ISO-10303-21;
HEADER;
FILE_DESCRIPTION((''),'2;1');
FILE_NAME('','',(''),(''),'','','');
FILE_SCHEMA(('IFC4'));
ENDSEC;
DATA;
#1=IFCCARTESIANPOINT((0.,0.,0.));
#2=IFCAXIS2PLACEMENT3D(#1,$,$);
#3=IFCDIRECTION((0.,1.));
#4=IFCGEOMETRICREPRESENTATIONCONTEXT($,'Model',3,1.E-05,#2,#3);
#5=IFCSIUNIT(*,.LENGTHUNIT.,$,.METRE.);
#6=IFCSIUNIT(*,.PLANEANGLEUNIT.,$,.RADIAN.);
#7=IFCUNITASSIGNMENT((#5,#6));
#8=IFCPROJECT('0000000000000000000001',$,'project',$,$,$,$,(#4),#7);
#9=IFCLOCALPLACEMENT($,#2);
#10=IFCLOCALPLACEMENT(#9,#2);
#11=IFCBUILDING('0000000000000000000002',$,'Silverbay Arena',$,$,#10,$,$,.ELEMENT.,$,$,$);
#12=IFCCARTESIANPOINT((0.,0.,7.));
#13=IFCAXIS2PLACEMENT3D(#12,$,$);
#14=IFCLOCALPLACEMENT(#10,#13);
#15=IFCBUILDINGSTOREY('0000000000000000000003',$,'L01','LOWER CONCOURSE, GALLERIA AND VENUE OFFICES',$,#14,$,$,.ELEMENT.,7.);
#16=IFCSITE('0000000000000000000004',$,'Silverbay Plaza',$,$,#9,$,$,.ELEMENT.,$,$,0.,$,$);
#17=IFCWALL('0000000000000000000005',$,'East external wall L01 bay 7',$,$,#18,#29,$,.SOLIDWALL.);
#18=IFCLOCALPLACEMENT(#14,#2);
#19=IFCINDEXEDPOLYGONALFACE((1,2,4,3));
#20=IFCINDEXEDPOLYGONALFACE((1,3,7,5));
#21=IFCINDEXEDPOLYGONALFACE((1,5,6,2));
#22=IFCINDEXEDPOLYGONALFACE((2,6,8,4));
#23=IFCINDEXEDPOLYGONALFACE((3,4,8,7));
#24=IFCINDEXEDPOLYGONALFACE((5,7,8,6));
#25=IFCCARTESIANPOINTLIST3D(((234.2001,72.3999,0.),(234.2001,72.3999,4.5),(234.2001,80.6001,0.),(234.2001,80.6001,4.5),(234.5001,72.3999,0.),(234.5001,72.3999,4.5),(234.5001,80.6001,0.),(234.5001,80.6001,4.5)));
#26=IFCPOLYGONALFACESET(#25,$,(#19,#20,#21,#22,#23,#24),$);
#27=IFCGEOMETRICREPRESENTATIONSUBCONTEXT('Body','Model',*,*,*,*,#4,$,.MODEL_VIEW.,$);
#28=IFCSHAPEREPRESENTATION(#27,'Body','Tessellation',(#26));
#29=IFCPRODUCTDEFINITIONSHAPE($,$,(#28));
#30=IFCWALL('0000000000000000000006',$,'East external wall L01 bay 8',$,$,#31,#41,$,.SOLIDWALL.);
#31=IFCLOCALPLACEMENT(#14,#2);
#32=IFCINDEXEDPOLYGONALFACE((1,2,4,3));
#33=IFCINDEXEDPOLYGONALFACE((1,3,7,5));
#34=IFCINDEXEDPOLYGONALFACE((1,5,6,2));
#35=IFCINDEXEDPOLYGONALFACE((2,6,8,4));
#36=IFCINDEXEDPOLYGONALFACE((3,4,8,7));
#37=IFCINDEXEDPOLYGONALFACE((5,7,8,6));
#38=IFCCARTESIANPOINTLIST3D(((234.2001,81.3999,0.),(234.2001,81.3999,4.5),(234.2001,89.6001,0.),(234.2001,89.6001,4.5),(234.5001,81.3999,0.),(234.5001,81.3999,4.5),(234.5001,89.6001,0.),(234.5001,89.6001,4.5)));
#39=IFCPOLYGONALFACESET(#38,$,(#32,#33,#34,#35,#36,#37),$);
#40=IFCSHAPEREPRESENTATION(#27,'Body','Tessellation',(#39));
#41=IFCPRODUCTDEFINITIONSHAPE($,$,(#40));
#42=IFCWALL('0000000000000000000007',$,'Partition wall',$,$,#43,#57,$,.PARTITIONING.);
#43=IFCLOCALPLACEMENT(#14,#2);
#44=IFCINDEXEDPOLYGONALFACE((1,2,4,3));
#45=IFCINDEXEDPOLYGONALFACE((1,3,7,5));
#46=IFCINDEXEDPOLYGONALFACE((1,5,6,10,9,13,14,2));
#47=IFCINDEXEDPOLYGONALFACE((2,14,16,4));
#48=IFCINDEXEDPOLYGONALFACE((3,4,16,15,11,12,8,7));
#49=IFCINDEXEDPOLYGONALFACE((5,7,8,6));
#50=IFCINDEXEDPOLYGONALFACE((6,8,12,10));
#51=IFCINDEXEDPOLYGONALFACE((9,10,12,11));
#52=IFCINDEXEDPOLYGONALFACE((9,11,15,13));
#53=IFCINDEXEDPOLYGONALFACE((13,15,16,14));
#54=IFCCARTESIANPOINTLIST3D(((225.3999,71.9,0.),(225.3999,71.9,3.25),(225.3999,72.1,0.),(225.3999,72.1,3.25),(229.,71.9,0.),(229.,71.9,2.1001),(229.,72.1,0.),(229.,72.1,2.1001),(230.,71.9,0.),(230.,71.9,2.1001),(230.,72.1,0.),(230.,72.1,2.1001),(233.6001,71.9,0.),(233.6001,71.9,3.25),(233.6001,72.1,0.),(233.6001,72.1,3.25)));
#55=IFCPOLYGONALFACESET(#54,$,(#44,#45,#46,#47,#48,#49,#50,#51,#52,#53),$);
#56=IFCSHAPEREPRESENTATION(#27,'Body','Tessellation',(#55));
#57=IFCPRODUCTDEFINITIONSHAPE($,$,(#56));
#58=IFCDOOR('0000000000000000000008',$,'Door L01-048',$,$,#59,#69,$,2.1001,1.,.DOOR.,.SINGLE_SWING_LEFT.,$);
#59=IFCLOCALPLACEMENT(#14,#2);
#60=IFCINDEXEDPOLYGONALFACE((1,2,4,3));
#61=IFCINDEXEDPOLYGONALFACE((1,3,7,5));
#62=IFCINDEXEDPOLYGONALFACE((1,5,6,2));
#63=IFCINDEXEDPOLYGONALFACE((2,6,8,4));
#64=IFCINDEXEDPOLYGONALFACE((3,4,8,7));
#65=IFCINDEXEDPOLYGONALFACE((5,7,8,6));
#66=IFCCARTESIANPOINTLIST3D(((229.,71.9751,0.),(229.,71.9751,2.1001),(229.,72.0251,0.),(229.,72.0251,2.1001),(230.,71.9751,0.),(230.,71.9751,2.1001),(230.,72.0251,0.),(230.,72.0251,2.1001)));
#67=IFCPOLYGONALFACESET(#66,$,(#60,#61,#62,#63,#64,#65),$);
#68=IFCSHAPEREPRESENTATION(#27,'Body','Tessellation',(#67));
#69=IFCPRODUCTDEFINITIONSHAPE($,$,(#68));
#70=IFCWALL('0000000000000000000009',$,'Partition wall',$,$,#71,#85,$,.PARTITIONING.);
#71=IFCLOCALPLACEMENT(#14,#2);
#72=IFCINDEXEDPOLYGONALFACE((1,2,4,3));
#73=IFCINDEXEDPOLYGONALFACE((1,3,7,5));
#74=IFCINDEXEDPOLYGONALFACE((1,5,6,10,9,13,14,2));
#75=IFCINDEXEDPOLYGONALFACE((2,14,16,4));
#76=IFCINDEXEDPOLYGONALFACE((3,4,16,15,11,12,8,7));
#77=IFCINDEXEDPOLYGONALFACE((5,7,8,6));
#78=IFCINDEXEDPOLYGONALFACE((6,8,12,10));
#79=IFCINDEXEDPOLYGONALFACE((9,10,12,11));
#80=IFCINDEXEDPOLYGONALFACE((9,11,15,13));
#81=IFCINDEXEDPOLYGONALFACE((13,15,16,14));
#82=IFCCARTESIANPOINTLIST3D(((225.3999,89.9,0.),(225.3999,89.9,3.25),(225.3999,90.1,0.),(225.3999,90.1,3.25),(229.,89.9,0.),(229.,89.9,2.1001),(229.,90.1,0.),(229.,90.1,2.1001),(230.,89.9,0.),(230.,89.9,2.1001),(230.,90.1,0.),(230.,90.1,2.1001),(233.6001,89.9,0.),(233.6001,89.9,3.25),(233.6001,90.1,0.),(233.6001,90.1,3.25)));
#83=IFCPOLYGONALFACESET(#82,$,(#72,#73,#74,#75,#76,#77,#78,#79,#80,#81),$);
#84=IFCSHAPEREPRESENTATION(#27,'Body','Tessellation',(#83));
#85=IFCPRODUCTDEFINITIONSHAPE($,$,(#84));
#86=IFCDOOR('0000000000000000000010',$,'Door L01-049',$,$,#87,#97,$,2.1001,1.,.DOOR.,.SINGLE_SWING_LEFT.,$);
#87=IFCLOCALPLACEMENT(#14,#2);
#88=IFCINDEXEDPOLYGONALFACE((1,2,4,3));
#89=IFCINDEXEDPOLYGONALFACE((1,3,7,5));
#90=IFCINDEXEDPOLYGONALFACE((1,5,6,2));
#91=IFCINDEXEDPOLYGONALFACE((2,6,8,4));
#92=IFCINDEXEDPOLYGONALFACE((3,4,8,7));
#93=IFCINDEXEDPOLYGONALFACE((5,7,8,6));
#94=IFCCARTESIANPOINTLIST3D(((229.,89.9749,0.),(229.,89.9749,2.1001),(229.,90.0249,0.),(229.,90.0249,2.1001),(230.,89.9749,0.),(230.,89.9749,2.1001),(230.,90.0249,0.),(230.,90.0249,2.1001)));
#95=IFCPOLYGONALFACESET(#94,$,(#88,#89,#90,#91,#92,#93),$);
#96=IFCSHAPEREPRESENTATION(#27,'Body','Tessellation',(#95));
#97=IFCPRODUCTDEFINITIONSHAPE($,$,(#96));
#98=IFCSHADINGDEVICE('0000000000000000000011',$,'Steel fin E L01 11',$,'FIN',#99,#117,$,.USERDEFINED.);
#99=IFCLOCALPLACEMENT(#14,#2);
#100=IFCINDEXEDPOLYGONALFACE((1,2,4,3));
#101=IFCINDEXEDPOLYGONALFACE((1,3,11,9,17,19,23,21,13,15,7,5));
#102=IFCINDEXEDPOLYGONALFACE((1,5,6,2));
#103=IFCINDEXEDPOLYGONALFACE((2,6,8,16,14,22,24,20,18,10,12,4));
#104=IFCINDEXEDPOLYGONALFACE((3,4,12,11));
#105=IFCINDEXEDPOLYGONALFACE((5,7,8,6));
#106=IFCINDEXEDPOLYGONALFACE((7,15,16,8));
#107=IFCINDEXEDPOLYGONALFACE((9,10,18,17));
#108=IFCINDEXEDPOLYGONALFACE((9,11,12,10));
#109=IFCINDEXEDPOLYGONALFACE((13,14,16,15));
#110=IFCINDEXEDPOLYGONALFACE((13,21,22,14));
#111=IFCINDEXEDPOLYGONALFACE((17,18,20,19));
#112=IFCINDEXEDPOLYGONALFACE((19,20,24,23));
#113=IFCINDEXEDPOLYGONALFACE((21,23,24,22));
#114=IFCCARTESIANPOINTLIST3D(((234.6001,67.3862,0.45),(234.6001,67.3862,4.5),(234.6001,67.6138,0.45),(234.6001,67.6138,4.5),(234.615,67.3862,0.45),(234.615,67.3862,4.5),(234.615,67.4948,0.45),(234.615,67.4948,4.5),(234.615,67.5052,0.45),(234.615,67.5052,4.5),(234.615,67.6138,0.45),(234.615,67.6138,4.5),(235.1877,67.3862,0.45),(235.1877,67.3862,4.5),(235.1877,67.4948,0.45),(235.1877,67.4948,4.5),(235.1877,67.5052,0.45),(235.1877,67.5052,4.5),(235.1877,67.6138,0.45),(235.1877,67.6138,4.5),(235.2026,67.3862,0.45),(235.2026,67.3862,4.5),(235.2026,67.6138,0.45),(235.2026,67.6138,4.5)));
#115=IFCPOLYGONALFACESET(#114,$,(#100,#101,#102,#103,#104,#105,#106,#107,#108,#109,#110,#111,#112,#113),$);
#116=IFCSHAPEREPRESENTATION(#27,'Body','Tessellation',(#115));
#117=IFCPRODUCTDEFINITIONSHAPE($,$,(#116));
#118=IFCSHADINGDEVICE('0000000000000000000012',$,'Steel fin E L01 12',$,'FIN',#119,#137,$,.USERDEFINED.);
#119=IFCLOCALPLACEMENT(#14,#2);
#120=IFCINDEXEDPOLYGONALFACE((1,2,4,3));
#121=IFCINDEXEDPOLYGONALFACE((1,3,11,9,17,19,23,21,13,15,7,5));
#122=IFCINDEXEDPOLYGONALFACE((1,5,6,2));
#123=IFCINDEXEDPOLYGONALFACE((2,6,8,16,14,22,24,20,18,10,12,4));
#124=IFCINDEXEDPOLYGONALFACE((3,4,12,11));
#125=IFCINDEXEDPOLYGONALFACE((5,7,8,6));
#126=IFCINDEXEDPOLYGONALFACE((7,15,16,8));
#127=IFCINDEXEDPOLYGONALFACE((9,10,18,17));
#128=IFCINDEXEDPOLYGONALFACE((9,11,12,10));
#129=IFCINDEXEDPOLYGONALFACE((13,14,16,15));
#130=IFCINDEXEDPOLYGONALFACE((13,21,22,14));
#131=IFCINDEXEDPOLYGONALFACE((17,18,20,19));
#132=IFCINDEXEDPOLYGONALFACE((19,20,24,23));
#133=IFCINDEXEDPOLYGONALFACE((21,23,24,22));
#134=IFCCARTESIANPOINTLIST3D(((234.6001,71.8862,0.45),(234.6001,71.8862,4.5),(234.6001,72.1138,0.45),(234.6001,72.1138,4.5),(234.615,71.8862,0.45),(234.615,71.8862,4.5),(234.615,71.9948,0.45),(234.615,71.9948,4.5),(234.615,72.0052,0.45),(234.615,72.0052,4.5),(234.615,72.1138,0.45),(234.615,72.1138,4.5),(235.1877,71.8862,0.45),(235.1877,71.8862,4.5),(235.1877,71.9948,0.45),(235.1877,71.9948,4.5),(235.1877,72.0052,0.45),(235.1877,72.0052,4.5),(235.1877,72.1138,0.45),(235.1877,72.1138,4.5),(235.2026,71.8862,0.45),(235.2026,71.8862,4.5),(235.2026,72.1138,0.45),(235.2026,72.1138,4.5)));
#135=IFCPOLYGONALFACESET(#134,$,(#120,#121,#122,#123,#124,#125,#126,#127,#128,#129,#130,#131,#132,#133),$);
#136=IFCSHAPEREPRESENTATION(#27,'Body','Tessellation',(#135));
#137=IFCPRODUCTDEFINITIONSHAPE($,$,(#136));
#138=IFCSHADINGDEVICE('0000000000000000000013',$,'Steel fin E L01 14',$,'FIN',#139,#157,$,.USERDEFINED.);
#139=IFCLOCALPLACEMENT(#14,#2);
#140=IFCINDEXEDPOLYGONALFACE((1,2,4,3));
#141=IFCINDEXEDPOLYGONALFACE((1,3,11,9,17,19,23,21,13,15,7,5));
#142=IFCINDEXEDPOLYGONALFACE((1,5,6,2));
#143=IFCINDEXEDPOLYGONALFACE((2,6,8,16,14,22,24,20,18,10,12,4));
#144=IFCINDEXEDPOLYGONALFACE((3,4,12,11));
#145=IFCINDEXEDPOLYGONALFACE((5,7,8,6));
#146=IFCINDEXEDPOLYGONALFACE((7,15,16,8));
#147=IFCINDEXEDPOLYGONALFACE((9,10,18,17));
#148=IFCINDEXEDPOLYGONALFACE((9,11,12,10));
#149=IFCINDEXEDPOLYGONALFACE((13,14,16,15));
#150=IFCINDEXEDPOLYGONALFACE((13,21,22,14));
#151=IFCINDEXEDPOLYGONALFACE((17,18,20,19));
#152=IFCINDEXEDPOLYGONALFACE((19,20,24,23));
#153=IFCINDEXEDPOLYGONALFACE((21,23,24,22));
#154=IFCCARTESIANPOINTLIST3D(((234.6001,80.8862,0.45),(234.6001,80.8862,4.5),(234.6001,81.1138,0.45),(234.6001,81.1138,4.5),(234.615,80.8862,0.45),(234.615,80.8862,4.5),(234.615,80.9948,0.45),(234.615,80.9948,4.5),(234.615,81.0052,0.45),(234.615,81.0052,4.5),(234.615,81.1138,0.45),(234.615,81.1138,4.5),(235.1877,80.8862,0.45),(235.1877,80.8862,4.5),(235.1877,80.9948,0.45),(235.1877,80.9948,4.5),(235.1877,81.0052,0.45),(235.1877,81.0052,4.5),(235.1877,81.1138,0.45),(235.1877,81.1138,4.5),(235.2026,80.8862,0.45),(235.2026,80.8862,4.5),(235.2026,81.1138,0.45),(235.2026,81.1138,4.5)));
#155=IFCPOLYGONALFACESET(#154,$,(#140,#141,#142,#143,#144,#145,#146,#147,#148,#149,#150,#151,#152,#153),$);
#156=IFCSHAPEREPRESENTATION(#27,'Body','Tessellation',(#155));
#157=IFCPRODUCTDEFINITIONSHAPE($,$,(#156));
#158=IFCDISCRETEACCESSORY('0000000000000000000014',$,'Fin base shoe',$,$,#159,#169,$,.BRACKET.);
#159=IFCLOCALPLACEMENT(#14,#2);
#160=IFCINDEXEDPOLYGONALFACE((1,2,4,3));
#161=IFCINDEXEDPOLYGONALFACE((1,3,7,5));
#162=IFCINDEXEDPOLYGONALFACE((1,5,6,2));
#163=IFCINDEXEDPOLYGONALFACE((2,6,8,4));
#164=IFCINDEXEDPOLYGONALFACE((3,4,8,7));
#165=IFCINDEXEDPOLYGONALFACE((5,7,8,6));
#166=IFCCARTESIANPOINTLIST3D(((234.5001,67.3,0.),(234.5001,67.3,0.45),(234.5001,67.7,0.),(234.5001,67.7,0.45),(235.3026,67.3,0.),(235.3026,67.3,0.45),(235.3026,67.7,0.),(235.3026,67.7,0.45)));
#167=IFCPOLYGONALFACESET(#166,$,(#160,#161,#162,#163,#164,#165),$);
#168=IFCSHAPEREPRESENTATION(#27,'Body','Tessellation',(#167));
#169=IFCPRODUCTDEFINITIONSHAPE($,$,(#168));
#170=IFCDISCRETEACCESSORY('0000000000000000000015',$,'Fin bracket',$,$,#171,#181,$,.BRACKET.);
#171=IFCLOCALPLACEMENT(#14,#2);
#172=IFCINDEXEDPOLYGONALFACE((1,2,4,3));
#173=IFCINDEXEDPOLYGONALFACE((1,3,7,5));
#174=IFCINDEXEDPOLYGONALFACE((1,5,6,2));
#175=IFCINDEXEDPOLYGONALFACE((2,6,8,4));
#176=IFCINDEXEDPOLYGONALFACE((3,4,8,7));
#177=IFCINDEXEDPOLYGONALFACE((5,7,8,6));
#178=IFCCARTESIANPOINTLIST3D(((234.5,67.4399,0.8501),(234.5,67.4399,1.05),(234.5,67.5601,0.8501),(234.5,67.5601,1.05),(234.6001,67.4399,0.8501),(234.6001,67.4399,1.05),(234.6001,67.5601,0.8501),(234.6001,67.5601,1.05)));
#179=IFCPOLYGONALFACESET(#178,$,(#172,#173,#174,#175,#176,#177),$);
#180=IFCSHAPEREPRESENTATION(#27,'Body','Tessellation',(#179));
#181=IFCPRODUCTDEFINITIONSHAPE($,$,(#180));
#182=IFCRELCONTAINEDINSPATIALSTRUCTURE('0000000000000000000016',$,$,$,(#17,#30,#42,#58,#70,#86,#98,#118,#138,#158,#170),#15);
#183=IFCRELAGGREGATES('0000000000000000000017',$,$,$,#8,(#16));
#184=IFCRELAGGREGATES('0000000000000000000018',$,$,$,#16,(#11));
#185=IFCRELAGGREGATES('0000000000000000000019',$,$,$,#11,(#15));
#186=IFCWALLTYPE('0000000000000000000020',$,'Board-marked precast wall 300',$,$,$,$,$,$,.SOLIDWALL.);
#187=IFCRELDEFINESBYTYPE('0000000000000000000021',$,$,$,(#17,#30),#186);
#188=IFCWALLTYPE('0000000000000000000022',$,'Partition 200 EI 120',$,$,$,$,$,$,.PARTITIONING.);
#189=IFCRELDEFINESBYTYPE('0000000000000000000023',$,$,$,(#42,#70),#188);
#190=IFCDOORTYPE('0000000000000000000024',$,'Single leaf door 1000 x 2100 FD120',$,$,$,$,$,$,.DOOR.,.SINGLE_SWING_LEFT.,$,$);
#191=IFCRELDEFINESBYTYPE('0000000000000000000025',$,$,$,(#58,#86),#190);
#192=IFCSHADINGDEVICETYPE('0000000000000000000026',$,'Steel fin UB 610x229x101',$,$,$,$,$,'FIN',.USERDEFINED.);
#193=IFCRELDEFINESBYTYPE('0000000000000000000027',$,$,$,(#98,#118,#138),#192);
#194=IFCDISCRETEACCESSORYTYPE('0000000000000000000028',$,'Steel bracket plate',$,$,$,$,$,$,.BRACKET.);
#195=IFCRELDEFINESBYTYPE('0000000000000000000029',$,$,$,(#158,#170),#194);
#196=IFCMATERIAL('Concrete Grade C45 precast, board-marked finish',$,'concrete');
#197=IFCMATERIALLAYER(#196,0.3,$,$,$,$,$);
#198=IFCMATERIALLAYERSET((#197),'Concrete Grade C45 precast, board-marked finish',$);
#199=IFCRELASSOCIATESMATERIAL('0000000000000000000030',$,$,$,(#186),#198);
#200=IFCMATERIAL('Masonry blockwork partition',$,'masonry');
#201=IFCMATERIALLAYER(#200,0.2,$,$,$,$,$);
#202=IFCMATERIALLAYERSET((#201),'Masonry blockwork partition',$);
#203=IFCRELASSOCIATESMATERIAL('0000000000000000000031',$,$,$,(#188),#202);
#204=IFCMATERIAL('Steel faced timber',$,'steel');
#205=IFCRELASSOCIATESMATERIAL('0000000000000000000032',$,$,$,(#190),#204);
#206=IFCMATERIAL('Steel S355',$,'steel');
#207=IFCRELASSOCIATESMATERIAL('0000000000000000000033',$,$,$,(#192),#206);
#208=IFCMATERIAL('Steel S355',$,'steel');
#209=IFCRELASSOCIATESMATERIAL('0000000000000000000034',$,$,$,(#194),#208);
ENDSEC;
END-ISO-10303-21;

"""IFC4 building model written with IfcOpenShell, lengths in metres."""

from ifc_helpers import new_model, si_unit, direction, frame, frame_2d, origin, origin_2d, place, context, subcontext, project, spatial, rectangle, i_section, extrude, material, layer, layer_set, material_profile, profile_set, type_object, element, fill, save


model = new_model("IFC4")

# Units and contexts
model_context = context("Model", 3, precision=1e-05, world=origin(), true_north=direction((0.0, 1.0)))
body_context = subcontext(model_context, "Body", "Model", "MODEL_VIEW")
ifc_project = project(units=[si_unit("LENGTHUNIT", "METRE"), si_unit("PLANEANGLEUNIT", "RADIAN")], contexts=[model_context])

# Site, building, storey
site_placement = place(None, origin())
site = spatial("IfcSite", under=ifc_project, at=site_placement, Name="Silverbay Plaza", CompositionType="ELEMENT", RefElevation=0.0)
building_placement = place(site_placement, origin())
building = spatial("IfcBuilding", under=site, at=building_placement, Name="Silverbay Arena", CompositionType="ELEMENT")
storey_placement = place(building_placement, frame((0.0, 0.0, 7.0)))
storey = spatial("IfcBuildingStorey", under=building, at=storey_placement, Name="L01", Description="LOWER CONCOURSE, GALLERIA AND VENUE OFFICES", CompositionType="ELEMENT", Elevation=7.0)

# Shared definitions
ifc_material_1 = material(Name="Concrete Grade C45 precast, board-marked finish", Category="concrete")
ifc_layer_1 = layer(ifc_material_1, 0.3)
ifc_layer_set_1 = layer_set([ifc_layer_1], Name="Concrete Grade C45 precast, board-marked finish")
wall_type_1 = type_object("IfcWallType", Name="Board-marked precast wall 300", PredefinedType="SOLIDWALL", material=ifc_layer_set_1)

# Walls
for number, where, z_axis, x_axis, name in (
    (1, (234.3501, 72.3999, 0.0), (0.0, 0.0, 1.0), (0.0, 1.0, 0.0), "East external wall L01 bay 7"),
    (2, (234.3501, 81.3999, 0.0), (0.0, 0.0, 1.0), (0.0, 1.0, 0.0), "East external wall L01 bay 8"),
):
    element("IfcWall", number, at=place(storey_placement, frame(where, z_axis=z_axis, x_axis=x_axis)), inside=storey, type_object=wall_type_1, Name=name, PredefinedType="SOLIDWALL", context=body_context, shape_type="SweptSolid", body=[
        extrude(rectangle(XDim=8.2002, YDim=0.3, at=frame_2d((4.1001, 0.0))), origin(), (0.0, 0.0, 1.0), 4.5),
    ])

# Walls, openings, doors
ifc_material_2 = material(Name="Masonry blockwork partition", Category="masonry")
ifc_layer_2 = layer(ifc_material_2, 0.2)
ifc_layer_set_2 = layer_set([ifc_layer_2], Name="Masonry blockwork partition")
wall_type_2 = type_object("IfcWallType", Name="Partition 200 EI 120", PredefinedType="PARTITIONING", material=ifc_layer_set_2)
wall_1_placement = place(storey_placement, frame((225.3999, 72.0, 0.0), z_axis=(0.0, 0.0, 1.0), x_axis=(1.0, 0.0, 0.0)))
wall_1 = element("IfcWall", 3, at=wall_1_placement, inside=storey, type_object=wall_type_2, Name="Partition wall", PredefinedType="PARTITIONING", context=body_context, shape_type="SweptSolid", body=[
    extrude(rectangle(XDim=8.2002, YDim=0.2, at=frame_2d((4.1001, 0.0))), origin(), (0.0, 0.0, 1.0), 3.25),
])
opening_1_placement = place(wall_1_placement, frame((3.6001, 0.0, 0.0)))
opening_1 = element("IfcOpeningElement", 4, at=opening_1_placement, cuts=wall_1, PredefinedType="OPENING", context=body_context, shape_type="SweptSolid", body=[
    extrude(rectangle(XDim=1.0, YDim=2.1001, at=frame_2d((0.5, 1.05))), frame((0.0, 0.1099, 0.0), z_axis=(0.0, -1.0, 0.0), x_axis=(1.0, 0.0, 0.0)), (0.0, 0.0, 1.0), 0.22),
])
ifc_material_3 = material(Name="Steel faced timber", Category="steel")
door_type = type_object("IfcDoorType", Name="Single leaf door 1000 x 2100 FD120", OperationType="SINGLE_SWING_LEFT", PredefinedType="DOOR", material=ifc_material_3)
door_1_placement = place(opening_1_placement, frame((1.0, 0.0, 0.0), z_axis=(0.0, 0.0, 1.0), x_axis=(-1.0, 0.0, 0.0)))
door_1 = element("IfcDoor", 5, at=door_1_placement, inside=storey, type_object=door_type, Name="Door L01-048", OperationType="SINGLE_SWING_LEFT", OverallHeight=2.1001, OverallWidth=1.0, PredefinedType="DOOR", context=body_context, shape_type="SweptSolid", body=[
    extrude(rectangle(XDim=1.0, YDim=2.1001, at=frame_2d((0.5, 1.05))), frame((0.0, 0.0249, 0.0), z_axis=(0.0, -1.0, 0.0), x_axis=(1.0, 0.0, 0.0)), (0.0, 0.0, 1.0), 0.05),
])
fill(opening_1, door_1)
wall_2_placement = place(storey_placement, frame((225.3999, 90.0, 0.0), z_axis=(0.0, 0.0, 1.0), x_axis=(1.0, 0.0, 0.0)))
wall_2 = element("IfcWall", 6, at=wall_2_placement, inside=storey, type_object=wall_type_2, Name="Partition wall", PredefinedType="PARTITIONING", context=body_context, shape_type="SweptSolid", body=[
    extrude(rectangle(XDim=8.2002, YDim=0.2, at=frame_2d((4.1001, 0.0))), origin(), (0.0, 0.0, 1.0), 3.25),
])
opening_2_placement = place(wall_2_placement, frame((3.6001, 0.0, 0.0)))
opening_2 = element("IfcOpeningElement", 7, at=opening_2_placement, cuts=wall_2, PredefinedType="OPENING", context=body_context, shape_type="SweptSolid", body=[
    extrude(rectangle(XDim=1.0, YDim=2.1001, at=frame_2d((0.5, 1.05))), frame((0.0, 0.1099, 0.0), z_axis=(0.0, -1.0, 0.0), x_axis=(1.0, 0.0, 0.0)), (0.0, 0.0, 1.0), 0.22),
])
door_2_placement = place(opening_2_placement, origin())
door_2 = element("IfcDoor", 8, at=door_2_placement, inside=storey, type_object=door_type, Name="Door L01-049", OperationType="SINGLE_SWING_LEFT", OverallHeight=2.1001, OverallWidth=1.0, PredefinedType="DOOR", context=body_context, shape_type="SweptSolid", body=[
    extrude(rectangle(XDim=1.0, YDim=2.1001, at=frame_2d((0.5, 1.05))), frame((0.0, 0.0249, 0.0), z_axis=(0.0, -1.0, 0.0), x_axis=(1.0, 0.0, 0.0)), (0.0, 0.0, 1.0), 0.05),
])
fill(opening_2, door_2)

# Shading devices
ifc_material_4 = material(Name="Steel S355", Category="steel")
ifc_material_profile_1 = material_profile(ifc_material_4, i_section(OverallWidth=0.2275, OverallDepth=0.6025, WebThickness=0.0105, FlangeThickness=0.0149, at=origin_2d()), Name="UB 610x229x101")
ifc_profile_set_1 = profile_set([ifc_material_profile_1], Name="Steel S355")
shading_device_type = type_object("IfcShadingDeviceType", Name="Steel fin UB 610x229x101", ElementType="FIN", PredefinedType="USERDEFINED", material=ifc_profile_set_1)
for number, where, z_axis, x_axis, name in (
    (9, (234.9014, 67.5, 0.45), (0.0, 0.0, 1.0), (0.0, 1.0, 0.0), "Steel fin E L01 11"),
    (10, (234.9014, 72.0, 0.45), (0.0, 0.0, 1.0), (0.0, 1.0, 0.0), "Steel fin E L01 12"),
    (11, (234.9014, 81.0, 0.45), (0.0, 0.0, 1.0), (0.0, 1.0, 0.0), "Steel fin E L01 14"),
):
    element("IfcShadingDevice", number, at=place(storey_placement, frame(where, z_axis=z_axis, x_axis=x_axis)), inside=storey, type_object=shading_device_type, Name=name, ObjectType="FIN", PredefinedType="USERDEFINED", context=body_context, shape_type="SweptSolid", body=[
        extrude(i_section(OverallWidth=0.2275, OverallDepth=0.6025, WebThickness=0.0105, FlangeThickness=0.0149, at=origin_2d()), origin(), (0.0, 0.0, 1.0), 4.05),
    ])

# Discrete accessories
ifc_material_5 = material(Name="Steel S355", Category="steel")
discrete_accessory_type = type_object("IfcDiscreteAccessoryType", Name="Steel bracket plate", PredefinedType="BRACKET", material=ifc_material_5)
discrete_accessory_1_placement = place(storey_placement, frame((234.9014, 67.5, 0.0), z_axis=(0.0, 0.0, 1.0), x_axis=(1.0, 0.0, 0.0)))
element("IfcDiscreteAccessory", 12, at=discrete_accessory_1_placement, inside=storey, type_object=discrete_accessory_type, Name="Fin base shoe", PredefinedType="BRACKET", context=body_context, shape_type="SweptSolid", body=[
    extrude(rectangle(XDim=0.8025, YDim=0.3999, at=origin_2d()), origin(), (0.0, 0.0, 1.0), 0.45),
])
for number, where, z_axis, x_axis, name in (
    (13, (234.55, 67.5, 0.8501), (0.0, 0.0, 1.0), (1.0, 0.0, 0.0), "Fin bracket"),
):
    element("IfcDiscreteAccessory", number, at=place(storey_placement, frame(where, z_axis=z_axis, x_axis=x_axis)), inside=storey, type_object=discrete_accessory_type, Name=name, PredefinedType="BRACKET", context=body_context, shape_type="SweptSolid", body=[
        extrude(rectangle(XDim=0.1001, YDim=0.1201, at=origin_2d()), origin(), (0.0, 0.0, 1.0), 0.2),
    ])

save(model, "model.ifc")
